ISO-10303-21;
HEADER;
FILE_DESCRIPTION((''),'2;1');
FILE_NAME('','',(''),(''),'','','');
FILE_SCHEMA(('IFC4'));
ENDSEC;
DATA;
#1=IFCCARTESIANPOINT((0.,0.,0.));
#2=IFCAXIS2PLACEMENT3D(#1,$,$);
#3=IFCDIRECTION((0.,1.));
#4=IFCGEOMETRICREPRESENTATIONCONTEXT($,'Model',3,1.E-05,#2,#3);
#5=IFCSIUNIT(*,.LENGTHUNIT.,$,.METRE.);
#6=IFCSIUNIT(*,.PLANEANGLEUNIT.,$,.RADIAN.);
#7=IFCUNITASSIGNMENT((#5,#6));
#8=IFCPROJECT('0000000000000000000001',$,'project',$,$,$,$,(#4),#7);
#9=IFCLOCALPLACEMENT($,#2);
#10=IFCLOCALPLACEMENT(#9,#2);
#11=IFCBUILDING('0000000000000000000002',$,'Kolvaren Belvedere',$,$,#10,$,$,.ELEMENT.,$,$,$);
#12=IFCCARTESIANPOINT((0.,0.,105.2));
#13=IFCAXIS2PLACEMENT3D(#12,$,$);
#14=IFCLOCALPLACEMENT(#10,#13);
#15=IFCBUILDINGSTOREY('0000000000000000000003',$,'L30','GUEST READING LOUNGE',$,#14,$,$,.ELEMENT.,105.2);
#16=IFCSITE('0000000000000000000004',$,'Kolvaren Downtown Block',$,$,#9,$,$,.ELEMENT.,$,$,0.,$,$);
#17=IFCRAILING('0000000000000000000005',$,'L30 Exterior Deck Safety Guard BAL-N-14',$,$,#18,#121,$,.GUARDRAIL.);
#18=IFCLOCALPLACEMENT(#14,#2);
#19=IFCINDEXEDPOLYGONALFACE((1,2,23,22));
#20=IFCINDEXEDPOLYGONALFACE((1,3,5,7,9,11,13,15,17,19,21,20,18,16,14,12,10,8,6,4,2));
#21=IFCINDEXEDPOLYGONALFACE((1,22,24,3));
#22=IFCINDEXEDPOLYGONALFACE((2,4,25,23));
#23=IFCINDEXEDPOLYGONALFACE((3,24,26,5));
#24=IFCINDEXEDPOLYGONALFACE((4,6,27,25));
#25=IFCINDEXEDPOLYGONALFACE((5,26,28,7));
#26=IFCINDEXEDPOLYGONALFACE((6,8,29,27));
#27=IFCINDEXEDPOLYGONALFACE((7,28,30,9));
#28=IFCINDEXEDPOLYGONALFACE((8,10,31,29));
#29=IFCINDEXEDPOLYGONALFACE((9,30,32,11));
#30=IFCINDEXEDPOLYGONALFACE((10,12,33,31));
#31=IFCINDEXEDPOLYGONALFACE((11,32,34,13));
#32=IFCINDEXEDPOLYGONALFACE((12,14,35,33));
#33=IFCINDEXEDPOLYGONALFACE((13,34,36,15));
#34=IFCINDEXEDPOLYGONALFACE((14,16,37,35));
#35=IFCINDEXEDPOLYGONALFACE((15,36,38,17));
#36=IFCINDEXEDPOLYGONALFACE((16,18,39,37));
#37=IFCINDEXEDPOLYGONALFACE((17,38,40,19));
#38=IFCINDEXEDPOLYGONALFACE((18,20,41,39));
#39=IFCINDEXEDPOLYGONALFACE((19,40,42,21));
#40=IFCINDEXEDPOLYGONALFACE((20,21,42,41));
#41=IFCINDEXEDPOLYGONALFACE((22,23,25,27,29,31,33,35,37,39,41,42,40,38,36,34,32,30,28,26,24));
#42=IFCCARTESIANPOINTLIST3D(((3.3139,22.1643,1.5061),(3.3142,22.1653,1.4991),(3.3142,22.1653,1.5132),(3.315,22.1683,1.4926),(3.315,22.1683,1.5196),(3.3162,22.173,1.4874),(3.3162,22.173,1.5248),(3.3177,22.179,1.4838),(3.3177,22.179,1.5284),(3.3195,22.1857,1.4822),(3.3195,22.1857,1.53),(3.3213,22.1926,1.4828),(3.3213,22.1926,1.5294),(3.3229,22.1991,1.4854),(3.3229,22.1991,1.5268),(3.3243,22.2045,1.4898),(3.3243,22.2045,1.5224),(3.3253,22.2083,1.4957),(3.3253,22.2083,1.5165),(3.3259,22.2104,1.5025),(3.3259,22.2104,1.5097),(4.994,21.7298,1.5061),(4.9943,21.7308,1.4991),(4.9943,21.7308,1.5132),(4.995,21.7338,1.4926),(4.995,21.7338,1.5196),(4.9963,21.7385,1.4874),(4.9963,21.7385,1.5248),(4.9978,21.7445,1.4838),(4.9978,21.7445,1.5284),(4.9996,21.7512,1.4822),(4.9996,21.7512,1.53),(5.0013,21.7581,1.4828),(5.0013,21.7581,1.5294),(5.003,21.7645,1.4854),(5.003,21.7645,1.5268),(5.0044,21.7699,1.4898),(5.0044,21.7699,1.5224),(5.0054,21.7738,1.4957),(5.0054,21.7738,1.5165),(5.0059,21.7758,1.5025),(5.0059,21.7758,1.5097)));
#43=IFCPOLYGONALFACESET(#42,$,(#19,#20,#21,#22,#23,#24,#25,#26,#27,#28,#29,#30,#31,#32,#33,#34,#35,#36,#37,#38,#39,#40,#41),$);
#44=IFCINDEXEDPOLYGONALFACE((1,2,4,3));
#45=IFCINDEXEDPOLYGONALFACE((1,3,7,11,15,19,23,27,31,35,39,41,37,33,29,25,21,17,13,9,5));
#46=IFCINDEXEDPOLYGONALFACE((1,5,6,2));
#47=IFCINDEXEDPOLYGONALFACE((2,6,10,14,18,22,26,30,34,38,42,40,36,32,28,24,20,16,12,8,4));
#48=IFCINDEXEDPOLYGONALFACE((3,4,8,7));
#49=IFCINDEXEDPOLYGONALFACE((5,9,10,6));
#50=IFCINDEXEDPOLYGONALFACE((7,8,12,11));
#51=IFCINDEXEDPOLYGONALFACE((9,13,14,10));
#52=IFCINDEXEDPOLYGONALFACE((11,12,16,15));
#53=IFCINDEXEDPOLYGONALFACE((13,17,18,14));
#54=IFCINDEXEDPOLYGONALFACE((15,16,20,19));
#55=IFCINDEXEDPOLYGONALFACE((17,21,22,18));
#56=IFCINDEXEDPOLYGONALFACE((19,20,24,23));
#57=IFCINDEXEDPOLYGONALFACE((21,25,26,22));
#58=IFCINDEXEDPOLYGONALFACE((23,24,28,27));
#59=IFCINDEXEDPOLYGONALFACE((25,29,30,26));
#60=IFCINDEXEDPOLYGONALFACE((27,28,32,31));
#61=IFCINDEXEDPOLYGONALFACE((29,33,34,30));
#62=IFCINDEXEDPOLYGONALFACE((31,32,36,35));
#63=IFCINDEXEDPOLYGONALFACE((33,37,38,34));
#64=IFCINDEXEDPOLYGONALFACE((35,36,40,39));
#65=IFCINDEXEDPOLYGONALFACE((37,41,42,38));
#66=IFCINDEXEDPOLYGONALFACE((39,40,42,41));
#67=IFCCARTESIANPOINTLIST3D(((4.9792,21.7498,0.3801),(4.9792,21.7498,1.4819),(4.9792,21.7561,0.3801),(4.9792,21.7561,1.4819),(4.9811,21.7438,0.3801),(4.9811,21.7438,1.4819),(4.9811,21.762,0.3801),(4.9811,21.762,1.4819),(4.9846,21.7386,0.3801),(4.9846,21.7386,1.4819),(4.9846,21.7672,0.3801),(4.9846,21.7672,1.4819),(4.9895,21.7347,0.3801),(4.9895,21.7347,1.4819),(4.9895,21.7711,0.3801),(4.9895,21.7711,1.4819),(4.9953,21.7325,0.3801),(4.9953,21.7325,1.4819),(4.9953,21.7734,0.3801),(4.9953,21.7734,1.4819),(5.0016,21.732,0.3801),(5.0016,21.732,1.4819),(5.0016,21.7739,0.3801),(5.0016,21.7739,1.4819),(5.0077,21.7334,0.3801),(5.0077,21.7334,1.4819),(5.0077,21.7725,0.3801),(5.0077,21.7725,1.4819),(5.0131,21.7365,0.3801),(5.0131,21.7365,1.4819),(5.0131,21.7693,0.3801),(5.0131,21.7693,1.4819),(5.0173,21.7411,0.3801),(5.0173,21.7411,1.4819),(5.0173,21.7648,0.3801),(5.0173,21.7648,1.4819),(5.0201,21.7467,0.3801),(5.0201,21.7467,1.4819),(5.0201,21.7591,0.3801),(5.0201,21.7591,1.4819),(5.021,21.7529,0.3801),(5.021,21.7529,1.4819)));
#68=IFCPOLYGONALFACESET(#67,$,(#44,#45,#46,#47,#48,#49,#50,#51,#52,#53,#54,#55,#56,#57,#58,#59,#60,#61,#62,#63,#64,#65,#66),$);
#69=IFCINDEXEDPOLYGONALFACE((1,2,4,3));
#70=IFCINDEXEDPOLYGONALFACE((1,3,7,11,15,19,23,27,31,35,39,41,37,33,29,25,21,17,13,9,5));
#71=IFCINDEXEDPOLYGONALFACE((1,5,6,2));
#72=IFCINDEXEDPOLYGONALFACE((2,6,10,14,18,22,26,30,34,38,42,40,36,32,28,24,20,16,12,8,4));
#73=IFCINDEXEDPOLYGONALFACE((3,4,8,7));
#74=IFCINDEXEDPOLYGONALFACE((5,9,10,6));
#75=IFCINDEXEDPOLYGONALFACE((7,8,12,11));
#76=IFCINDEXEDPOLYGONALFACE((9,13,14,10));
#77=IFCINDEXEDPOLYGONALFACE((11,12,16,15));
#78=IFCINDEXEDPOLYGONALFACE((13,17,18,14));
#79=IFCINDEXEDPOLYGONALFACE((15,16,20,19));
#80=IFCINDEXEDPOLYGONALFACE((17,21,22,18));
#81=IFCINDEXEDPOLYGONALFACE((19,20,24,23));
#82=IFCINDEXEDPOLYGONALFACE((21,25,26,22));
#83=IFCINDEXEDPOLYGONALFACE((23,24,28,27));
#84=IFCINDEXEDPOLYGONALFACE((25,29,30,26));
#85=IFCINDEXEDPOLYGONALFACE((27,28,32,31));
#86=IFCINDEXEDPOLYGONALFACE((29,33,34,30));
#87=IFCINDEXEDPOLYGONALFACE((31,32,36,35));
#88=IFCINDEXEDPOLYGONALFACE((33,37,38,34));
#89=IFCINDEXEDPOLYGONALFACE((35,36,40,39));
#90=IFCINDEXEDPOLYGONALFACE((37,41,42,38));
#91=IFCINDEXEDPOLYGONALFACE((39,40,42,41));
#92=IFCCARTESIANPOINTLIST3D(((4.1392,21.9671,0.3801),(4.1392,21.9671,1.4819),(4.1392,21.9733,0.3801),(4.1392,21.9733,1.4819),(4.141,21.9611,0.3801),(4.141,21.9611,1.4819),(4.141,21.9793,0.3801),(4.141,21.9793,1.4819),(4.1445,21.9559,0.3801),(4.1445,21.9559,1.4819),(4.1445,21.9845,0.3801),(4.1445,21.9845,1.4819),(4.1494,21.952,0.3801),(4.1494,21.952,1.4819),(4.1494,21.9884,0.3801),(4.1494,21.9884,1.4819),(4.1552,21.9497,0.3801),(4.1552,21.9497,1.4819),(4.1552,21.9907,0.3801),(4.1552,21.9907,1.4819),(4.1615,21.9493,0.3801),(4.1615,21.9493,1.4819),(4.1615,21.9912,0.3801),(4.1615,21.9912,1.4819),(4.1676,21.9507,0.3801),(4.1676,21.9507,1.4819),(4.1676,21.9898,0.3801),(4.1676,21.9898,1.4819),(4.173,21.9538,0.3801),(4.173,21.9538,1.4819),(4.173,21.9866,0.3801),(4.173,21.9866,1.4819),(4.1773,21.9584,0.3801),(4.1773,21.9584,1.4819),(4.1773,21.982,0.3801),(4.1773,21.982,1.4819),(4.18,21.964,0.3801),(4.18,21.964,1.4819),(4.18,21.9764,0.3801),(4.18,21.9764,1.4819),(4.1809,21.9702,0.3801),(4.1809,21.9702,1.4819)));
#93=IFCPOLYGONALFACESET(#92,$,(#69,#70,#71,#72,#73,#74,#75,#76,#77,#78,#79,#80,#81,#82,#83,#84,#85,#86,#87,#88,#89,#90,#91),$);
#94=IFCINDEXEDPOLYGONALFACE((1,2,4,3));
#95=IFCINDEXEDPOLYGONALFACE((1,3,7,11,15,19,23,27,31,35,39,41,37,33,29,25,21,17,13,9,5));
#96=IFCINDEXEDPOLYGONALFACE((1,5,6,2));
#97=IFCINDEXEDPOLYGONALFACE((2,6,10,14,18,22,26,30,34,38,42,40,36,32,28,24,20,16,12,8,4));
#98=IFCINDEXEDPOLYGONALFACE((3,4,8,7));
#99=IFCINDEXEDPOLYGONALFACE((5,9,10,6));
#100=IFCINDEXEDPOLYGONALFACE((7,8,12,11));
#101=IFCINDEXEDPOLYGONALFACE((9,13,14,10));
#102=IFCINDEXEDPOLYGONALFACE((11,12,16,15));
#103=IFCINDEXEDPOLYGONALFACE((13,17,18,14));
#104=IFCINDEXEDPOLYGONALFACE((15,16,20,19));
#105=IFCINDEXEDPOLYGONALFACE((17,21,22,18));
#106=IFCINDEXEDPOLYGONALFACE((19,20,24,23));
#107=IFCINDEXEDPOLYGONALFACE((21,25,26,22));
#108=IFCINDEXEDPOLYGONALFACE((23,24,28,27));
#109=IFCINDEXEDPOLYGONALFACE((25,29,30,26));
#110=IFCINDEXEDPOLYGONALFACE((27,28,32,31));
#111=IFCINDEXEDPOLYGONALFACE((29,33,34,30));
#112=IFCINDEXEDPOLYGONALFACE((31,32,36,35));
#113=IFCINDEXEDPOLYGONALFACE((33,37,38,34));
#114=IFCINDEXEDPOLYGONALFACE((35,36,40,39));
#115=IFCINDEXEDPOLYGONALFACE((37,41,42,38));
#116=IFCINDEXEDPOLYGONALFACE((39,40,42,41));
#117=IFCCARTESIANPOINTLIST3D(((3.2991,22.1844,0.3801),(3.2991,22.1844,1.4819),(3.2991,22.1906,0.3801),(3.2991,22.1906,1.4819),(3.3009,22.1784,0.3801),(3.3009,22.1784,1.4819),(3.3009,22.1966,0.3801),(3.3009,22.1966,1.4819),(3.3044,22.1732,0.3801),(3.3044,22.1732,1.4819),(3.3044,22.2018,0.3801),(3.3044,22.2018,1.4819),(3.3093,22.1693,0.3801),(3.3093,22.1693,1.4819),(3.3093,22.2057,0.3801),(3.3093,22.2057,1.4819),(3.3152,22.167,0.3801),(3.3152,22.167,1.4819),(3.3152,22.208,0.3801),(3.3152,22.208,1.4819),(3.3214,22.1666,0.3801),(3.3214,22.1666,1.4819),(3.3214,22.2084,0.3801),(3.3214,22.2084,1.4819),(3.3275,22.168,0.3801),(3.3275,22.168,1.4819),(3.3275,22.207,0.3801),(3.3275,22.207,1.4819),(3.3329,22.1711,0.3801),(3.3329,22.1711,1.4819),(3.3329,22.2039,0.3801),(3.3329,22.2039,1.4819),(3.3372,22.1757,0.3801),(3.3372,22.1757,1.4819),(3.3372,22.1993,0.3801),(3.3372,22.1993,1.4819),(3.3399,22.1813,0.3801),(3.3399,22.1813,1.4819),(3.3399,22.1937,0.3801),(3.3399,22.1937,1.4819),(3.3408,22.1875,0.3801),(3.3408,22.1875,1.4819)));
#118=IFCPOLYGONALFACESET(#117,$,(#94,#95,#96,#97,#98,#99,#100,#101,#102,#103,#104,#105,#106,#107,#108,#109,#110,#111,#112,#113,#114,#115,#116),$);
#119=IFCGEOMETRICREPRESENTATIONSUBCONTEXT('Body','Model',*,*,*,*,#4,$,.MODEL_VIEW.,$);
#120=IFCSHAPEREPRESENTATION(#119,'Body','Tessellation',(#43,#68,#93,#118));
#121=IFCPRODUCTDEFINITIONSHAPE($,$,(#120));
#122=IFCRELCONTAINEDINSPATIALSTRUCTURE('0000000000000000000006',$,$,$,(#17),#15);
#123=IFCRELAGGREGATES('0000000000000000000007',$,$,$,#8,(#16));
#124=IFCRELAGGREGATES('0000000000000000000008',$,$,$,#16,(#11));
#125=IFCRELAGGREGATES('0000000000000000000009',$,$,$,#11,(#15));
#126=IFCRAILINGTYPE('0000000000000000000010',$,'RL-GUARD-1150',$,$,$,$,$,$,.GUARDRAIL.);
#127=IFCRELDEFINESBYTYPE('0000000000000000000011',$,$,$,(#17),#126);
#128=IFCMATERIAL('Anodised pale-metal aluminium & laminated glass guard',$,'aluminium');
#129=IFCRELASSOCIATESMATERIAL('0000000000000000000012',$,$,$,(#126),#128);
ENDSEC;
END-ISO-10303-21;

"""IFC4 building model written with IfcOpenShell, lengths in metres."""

from ifc_helpers import new_model, si_unit, direction, frame, origin, origin_2d, place, context, subcontext, project, spatial, circle, extrude, material, type_object, element, save


model = new_model("IFC4")

# Units and contexts
model_context = context("Model", 3, precision=1e-05, world=origin(), true_north=direction((0.0, 1.0)))
body_context = subcontext(model_context, "Body", "Model", "MODEL_VIEW")
ifc_project = project(units=[si_unit("LENGTHUNIT", "METRE"), si_unit("PLANEANGLEUNIT", "RADIAN")], contexts=[model_context])

# Site, building, storey
site_placement = place(None, origin())
site = spatial("IfcSite", under=ifc_project, at=site_placement, Name="Kolvaren Downtown Block", CompositionType="ELEMENT", RefElevation=0.0)
building_placement = place(site_placement, origin())
building = spatial("IfcBuilding", under=site, at=building_placement, Name="Kolvaren Belvedere", CompositionType="ELEMENT")
storey_placement = place(building_placement, frame((0.0, 0.0, 105.2)))
storey = spatial("IfcBuildingStorey", under=building, at=storey_placement, Name="L30", Description="GUEST READING LOUNGE", CompositionType="ELEMENT", Elevation=105.2)

# Railing
ifc_material_1 = material(Name="Anodised pale-metal aluminium & laminated glass guard", Category="aluminium")
railing_type = type_object("IfcRailingType", Name="RL-GUARD-1150", PredefinedType="GUARDRAIL", material=ifc_material_1)
railing_1_placement = place(storey_placement, frame((5.0, 21.7529, 0.3801)))
element("IfcRailing", 1, at=railing_1_placement, inside=storey, type_object=railing_type, Name="L30 Exterior Deck Safety Guard BAL-N-14", PredefinedType="GUARDRAIL", context=body_context, shape_type="SweptSolid", body=[
    extrude(circle(Radius=0.0239, at=origin_2d()), frame((0.0, 0.0, 1.126), z_axis=(-0.968141, 0.250406, 0.0), x_axis=(-0.250406, -0.968141, 0.0)), (0.0, 0.0, 1.0), 1.7354),
    extrude(circle(Radius=0.021, at=origin_2d()), origin(), (0.0, 0.0, 1.0), 1.1018),
    extrude(circle(Radius=0.021, at=origin_2d()), frame((-0.8401, 0.2173, 0.0)), (0.0, 0.0, 1.0), 1.1018),
    extrude(circle(Radius=0.021, at=origin_2d()), frame((-1.6802, 0.4346, 0.0)), (0.0, 0.0, 1.0), 1.1018),
])

save(model, "model.ifc")
